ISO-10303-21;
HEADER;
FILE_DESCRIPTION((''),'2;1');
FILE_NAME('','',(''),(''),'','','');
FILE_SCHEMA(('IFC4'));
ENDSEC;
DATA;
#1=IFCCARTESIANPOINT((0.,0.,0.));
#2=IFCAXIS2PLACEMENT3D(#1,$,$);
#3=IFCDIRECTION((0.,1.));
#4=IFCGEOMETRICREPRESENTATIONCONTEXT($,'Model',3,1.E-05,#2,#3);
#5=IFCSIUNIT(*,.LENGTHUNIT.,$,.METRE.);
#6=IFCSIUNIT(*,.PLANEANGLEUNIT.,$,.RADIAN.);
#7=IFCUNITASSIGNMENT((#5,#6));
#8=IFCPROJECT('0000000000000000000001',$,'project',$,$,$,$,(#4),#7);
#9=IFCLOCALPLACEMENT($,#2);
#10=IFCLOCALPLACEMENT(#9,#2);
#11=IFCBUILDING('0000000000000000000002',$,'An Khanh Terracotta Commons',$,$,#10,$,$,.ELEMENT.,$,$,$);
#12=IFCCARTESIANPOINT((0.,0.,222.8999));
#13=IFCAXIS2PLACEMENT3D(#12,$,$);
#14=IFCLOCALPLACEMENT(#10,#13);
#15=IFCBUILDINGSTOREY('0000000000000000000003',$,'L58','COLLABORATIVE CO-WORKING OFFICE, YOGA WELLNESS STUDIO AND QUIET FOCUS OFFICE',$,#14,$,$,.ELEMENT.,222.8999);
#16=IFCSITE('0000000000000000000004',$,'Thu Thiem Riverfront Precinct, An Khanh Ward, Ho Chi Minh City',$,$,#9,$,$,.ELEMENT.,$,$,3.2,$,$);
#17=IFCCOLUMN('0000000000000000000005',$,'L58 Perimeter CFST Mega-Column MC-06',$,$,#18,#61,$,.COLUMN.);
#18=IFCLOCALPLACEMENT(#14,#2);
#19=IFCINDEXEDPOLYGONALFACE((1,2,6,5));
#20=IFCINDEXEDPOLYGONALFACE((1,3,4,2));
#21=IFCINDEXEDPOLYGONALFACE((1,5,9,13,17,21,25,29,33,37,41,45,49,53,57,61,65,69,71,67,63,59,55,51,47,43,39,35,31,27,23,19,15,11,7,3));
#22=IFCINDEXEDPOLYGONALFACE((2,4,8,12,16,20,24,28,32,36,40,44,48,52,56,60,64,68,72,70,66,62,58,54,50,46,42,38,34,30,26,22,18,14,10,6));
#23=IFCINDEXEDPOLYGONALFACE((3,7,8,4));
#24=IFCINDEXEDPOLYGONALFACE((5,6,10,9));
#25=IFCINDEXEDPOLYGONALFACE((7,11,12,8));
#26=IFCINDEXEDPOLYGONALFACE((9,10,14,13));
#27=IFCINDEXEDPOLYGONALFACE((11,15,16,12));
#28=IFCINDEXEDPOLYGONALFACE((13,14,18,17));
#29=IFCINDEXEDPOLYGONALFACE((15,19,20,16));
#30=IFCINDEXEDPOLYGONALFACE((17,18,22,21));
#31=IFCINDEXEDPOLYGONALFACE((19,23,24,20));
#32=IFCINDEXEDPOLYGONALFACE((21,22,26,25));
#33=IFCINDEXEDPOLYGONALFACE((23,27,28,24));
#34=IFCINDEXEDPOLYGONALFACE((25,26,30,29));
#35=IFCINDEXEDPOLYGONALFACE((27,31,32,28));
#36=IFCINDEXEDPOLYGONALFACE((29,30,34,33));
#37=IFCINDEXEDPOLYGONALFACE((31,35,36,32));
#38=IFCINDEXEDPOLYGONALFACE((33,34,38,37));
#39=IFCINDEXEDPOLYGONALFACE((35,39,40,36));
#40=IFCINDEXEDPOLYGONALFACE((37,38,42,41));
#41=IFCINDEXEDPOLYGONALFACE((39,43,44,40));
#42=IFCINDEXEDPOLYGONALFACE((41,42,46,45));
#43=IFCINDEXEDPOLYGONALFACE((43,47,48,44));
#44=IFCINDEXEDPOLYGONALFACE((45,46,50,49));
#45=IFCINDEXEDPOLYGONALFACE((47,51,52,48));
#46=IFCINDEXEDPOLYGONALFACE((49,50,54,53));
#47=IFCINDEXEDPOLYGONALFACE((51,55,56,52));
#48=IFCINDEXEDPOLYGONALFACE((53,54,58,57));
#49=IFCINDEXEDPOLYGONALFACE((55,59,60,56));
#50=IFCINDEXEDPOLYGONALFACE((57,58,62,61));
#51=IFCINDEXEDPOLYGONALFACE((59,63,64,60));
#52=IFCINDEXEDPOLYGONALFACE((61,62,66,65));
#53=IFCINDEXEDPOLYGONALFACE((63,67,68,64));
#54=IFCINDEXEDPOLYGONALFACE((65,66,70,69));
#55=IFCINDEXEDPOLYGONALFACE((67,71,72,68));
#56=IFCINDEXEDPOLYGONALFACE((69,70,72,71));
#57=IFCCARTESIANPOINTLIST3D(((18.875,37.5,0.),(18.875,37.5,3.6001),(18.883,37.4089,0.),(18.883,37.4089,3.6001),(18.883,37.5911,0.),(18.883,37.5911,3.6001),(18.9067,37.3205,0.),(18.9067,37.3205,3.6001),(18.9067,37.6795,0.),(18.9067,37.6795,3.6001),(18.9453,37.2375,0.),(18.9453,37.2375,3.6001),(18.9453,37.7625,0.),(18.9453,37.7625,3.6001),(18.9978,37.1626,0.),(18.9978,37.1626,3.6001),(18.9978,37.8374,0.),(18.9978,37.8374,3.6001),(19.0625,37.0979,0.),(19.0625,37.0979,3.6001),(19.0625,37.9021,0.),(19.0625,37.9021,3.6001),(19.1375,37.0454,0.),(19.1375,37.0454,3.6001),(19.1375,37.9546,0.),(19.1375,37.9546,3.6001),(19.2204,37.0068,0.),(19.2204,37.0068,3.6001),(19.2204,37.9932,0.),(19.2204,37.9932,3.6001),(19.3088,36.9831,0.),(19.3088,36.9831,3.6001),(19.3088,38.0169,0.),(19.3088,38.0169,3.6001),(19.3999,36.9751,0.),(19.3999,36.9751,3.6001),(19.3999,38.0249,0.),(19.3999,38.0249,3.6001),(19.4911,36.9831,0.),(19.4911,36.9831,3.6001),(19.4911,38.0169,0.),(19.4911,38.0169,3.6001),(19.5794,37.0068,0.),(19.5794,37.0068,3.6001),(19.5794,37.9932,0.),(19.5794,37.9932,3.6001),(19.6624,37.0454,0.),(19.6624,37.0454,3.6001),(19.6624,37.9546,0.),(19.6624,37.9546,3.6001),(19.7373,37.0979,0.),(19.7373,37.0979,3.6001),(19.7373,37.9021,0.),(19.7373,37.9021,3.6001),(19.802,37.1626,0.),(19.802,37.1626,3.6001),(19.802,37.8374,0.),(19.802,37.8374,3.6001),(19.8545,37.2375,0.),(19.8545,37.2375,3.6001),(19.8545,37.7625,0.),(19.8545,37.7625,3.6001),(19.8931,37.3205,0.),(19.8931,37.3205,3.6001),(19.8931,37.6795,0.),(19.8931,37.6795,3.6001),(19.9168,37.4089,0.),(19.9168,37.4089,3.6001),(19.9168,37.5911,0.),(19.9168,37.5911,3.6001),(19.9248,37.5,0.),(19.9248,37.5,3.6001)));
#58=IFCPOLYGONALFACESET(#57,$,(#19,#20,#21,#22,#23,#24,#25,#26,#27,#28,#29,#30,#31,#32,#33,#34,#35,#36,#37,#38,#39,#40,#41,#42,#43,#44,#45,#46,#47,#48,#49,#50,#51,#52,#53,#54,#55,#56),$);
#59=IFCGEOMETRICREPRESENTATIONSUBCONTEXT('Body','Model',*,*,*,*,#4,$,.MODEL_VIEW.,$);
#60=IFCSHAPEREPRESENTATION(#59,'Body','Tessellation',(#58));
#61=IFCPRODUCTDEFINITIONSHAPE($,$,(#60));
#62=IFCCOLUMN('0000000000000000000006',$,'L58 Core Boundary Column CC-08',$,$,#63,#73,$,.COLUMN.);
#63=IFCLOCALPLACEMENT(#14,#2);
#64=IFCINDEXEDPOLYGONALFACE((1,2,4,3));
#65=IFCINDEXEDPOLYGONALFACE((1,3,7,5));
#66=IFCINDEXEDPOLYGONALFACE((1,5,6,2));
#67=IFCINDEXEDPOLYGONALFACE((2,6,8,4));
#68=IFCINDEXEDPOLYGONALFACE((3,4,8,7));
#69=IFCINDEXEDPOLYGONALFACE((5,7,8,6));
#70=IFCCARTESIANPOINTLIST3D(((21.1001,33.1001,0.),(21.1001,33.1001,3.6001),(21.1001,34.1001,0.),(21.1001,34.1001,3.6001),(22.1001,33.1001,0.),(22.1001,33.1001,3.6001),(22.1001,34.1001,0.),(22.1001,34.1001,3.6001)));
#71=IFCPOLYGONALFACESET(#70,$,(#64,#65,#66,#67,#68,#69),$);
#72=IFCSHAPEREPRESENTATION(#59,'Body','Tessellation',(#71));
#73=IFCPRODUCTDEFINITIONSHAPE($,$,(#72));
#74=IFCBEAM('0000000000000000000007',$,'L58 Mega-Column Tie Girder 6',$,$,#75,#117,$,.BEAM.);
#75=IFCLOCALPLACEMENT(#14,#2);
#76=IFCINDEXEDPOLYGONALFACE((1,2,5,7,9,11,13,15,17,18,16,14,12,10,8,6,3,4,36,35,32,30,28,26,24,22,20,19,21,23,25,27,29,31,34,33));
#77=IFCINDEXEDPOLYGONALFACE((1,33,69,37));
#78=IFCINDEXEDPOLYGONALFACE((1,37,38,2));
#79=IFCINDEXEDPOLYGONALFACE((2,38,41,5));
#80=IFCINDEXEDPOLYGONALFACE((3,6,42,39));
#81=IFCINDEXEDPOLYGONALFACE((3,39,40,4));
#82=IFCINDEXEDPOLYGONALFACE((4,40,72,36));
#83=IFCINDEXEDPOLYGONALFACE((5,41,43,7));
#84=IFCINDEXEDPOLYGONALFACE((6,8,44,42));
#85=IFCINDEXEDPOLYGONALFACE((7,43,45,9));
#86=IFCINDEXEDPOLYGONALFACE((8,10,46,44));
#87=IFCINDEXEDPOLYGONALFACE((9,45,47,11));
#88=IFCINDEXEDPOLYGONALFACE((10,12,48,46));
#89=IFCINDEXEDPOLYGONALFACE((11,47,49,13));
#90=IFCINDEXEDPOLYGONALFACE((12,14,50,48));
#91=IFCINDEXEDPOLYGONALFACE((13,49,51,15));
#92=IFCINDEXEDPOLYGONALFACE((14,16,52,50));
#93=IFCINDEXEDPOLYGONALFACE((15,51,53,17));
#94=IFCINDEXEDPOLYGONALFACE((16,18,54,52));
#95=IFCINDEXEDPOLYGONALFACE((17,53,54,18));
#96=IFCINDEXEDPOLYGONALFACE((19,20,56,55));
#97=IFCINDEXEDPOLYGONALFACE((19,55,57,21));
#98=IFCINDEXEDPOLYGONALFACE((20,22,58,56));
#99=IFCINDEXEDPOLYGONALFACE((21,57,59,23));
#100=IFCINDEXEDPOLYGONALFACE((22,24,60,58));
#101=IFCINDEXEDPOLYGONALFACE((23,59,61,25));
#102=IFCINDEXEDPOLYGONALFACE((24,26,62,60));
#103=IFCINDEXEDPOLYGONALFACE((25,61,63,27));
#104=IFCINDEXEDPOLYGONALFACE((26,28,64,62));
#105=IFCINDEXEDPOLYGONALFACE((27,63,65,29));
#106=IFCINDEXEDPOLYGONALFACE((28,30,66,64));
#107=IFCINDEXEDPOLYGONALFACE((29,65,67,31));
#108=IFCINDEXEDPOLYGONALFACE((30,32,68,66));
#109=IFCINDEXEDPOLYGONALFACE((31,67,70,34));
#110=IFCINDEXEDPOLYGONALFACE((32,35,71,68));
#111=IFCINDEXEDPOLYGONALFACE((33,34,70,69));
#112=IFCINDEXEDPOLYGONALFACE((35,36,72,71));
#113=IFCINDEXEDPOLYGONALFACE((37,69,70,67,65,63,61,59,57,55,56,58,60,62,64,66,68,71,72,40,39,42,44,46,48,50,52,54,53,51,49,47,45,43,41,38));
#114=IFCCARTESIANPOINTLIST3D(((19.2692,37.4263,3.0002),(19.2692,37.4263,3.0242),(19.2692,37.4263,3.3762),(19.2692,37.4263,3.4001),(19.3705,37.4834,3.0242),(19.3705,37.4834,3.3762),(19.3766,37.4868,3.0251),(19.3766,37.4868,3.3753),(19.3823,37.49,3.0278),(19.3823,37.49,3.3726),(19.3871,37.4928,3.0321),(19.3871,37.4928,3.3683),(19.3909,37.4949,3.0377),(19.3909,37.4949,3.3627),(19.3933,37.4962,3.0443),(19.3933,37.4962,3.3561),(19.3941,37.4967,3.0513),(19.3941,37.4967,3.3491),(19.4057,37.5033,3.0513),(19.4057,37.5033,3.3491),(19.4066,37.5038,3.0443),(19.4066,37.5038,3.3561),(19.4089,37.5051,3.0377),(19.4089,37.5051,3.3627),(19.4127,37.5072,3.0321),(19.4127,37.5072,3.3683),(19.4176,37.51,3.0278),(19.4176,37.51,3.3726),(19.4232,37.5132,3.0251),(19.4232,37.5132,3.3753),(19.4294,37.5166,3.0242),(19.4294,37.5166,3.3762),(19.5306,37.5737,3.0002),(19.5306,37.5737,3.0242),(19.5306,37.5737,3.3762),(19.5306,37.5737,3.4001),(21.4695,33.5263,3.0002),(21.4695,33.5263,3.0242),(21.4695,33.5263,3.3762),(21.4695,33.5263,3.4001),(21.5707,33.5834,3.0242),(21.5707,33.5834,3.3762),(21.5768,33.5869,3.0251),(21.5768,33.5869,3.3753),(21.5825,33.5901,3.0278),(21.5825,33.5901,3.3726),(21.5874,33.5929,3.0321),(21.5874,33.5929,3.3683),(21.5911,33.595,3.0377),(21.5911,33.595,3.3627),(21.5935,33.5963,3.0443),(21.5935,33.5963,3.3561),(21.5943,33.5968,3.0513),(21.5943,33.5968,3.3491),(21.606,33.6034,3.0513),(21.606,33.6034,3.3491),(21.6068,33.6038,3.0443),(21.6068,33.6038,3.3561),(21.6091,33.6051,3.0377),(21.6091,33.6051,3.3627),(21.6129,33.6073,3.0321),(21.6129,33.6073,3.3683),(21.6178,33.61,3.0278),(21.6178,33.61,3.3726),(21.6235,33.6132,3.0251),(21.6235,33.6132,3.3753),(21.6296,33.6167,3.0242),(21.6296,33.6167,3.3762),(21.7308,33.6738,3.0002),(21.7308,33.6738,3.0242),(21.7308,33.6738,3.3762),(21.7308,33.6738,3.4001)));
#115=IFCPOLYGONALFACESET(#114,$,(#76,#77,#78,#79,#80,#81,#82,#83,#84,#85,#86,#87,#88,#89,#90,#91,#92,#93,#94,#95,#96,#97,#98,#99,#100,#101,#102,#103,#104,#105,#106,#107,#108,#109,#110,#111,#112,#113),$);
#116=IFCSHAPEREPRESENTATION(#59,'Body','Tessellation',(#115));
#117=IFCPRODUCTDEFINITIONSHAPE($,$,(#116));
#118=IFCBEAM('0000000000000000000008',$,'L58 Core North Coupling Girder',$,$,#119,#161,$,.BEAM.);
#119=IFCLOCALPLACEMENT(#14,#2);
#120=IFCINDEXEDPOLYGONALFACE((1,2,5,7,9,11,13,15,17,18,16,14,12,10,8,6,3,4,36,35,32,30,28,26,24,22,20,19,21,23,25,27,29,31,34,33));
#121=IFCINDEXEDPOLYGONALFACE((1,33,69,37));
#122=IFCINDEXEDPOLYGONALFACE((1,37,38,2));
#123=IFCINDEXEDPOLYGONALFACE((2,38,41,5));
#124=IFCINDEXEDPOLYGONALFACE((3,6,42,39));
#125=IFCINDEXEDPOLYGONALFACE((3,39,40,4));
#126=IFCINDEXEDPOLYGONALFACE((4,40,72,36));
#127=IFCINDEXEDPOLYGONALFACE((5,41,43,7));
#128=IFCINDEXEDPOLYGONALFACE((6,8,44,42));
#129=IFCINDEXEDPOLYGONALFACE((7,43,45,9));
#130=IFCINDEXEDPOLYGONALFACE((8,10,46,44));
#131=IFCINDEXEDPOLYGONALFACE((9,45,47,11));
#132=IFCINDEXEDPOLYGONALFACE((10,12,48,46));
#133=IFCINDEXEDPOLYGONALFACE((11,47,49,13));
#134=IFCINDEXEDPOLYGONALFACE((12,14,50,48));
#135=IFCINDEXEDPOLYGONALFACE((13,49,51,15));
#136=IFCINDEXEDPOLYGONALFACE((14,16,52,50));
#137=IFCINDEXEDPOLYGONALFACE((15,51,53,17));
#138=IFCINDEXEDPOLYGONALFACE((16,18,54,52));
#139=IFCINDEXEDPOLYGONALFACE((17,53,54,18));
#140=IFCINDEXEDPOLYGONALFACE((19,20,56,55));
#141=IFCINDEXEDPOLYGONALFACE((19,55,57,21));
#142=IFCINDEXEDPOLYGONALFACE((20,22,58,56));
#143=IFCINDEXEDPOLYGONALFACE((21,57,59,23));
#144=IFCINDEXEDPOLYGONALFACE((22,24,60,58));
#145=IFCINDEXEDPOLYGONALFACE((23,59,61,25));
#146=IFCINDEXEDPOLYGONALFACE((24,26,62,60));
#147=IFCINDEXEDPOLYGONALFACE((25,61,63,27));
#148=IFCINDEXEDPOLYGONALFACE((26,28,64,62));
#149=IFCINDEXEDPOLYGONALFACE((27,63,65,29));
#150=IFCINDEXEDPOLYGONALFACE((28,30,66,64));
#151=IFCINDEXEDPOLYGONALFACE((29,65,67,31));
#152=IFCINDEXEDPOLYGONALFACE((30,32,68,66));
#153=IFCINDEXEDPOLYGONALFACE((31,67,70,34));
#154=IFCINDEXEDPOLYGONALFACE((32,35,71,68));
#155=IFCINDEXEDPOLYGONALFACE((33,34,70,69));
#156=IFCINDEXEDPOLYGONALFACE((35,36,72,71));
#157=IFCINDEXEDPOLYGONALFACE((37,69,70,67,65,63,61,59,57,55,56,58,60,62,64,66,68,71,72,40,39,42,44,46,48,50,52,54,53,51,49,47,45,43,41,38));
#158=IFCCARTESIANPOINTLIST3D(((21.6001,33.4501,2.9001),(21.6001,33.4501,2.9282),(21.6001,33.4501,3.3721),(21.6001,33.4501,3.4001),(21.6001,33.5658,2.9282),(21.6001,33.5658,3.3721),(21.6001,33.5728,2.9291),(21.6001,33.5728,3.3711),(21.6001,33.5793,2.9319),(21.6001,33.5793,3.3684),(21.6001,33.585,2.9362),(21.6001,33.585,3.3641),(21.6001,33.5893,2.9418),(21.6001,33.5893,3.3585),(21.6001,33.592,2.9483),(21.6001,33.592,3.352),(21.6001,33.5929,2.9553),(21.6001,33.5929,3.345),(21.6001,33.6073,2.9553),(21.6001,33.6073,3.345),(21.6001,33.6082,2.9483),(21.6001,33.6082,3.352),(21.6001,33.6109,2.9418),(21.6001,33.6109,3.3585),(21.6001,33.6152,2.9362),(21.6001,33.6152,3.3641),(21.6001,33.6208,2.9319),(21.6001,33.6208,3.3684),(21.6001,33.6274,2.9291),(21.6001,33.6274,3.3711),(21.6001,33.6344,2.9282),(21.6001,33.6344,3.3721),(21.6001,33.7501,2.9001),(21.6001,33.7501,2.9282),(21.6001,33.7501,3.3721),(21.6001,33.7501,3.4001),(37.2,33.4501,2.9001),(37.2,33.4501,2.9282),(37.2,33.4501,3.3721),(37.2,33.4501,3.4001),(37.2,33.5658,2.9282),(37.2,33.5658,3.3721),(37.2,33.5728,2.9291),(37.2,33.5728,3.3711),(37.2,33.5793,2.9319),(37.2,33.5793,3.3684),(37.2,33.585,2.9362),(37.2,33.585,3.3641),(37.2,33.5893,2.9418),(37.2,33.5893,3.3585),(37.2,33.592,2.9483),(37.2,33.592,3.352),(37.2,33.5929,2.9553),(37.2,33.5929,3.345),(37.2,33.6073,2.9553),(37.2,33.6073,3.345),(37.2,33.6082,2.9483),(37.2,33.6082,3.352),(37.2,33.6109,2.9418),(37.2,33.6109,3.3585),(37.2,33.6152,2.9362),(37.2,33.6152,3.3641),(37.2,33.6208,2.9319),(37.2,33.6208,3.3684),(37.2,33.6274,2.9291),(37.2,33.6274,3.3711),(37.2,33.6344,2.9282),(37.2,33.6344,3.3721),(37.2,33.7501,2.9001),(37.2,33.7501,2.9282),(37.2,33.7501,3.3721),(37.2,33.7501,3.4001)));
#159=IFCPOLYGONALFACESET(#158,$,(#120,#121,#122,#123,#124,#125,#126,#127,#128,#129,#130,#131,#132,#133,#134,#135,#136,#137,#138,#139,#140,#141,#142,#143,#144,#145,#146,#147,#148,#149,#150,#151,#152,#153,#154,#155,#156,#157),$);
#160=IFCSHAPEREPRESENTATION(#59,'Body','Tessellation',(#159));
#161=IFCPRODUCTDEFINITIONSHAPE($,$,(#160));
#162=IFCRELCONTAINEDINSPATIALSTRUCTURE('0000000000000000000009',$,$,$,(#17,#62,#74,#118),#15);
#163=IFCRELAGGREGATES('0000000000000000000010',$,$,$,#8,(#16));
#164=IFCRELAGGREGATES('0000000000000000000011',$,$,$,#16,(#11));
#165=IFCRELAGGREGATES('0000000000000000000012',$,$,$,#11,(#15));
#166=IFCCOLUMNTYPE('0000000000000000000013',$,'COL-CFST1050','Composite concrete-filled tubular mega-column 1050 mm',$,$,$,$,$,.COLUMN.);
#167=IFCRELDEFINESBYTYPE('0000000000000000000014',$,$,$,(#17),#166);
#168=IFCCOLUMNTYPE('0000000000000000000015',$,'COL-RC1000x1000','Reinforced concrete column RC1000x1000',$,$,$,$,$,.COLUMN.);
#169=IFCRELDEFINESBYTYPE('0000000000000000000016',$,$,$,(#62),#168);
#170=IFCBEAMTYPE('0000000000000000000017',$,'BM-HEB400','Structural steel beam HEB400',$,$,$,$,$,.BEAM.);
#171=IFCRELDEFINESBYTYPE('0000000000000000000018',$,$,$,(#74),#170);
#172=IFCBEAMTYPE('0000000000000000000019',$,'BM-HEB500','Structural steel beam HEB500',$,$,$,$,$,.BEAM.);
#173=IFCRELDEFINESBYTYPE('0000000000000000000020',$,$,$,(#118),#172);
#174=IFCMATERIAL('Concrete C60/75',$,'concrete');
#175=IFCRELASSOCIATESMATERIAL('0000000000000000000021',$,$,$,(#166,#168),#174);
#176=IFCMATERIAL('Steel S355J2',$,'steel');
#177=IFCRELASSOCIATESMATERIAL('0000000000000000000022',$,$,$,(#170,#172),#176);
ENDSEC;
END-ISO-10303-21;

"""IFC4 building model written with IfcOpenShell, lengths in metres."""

from ifc_helpers import new_model, si_unit, direction, frame, origin, origin_2d, place, context, subcontext, project, spatial, rectangle, circle, i_section, extrude, material, material_profile, profile_set, type_object, element, save


model = new_model("IFC4")

# Units and contexts
model_context = context("Model", 3, precision=1e-05, world=origin(), true_north=direction((0.0, 1.0)))
body_context = subcontext(model_context, "Body", "Model", "MODEL_VIEW")
ifc_project = project(units=[si_unit("LENGTHUNIT", "METRE"), si_unit("PLANEANGLEUNIT", "RADIAN")], contexts=[model_context])

# Site, building, storey
site_placement = place(None, origin())
site = spatial("IfcSite", under=ifc_project, at=site_placement, Name="Thu Thiem Riverfront Precinct, An Khanh Ward, Ho Chi Minh City", CompositionType="ELEMENT", RefElevation=3.2)
building_placement = place(site_placement, origin())
building = spatial("IfcBuilding", under=site, at=building_placement, Name="An Khanh Terracotta Commons", CompositionType="ELEMENT")
storey_placement = place(building_placement, frame((0.0, 0.0, 222.8999)))
storey = spatial("IfcBuildingStorey", under=building, at=storey_placement, Name="L58", Description="COLLABORATIVE CO-WORKING OFFICE, YOGA WELLNESS STUDIO AND QUIET FOCUS OFFICE", CompositionType="ELEMENT", Elevation=222.8999)

# Columns
ifc_material_1 = material(Name="Concrete C60/75", Category="concrete")
ifc_material_profile_1 = material_profile(ifc_material_1, circle(Radius=0.5249, at=origin_2d()), Name="CFST1050")
ifc_profile_set_1 = profile_set([ifc_material_profile_1], Name="Concrete C60/75")
column_type_1 = type_object("IfcColumnType", Name="COL-CFST1050", Description="Composite concrete-filled tubular mega-column 1050 mm", PredefinedType="COLUMN", material=ifc_profile_set_1)
column_1_placement = place(storey_placement, frame((19.3999, 37.5, 0.0), z_axis=(0.0, 0.0, 1.0), x_axis=(1.0, 0.0, 0.0)))
element("IfcColumn", 1, at=column_1_placement, inside=storey, type_object=column_type_1, Name="L58 Perimeter CFST Mega-Column MC-06", PredefinedType="COLUMN", context=body_context, shape_type="SweptSolid", body=[
    extrude(circle(Radius=0.5249, at=origin_2d()), origin(), (0.0, 0.0, 1.0), 3.6001),
])
ifc_material_profile_2 = material_profile(ifc_material_1, rectangle(XDim=1.0, YDim=1.0, at=origin_2d()), Name="RC1000x1000")
ifc_profile_set_2 = profile_set([ifc_material_profile_2], Name="Concrete C60/75")
column_type_2 = type_object("IfcColumnType", Name="COL-RC1000x1000", Description="Reinforced concrete column RC1000x1000", PredefinedType="COLUMN", material=ifc_profile_set_2)
column_2_placement = place(storey_placement, frame((21.6001, 33.6001, 0.0), z_axis=(0.0, 0.0, 1.0), x_axis=(1.0, 0.0, 0.0)))
element("IfcColumn", 2, at=column_2_placement, inside=storey, type_object=column_type_2, Name="L58 Core Boundary Column CC-08", PredefinedType="COLUMN", context=body_context, shape_type="SweptSolid", body=[
    extrude(rectangle(XDim=1.0, YDim=1.0, at=origin_2d()), origin(), (0.0, 0.0, 1.0), 3.6001),
])

# Beams
ifc_material_2 = material(Name="Steel S355J2", Category="steel")
ifc_material_profile_3 = material_profile(ifc_material_2, i_section(OverallWidth=0.3, OverallDepth=0.3999, WebThickness=0.0134, FlangeThickness=0.0239, FilletRadius=0.0271, at=origin_2d()), Name="HEB400")
ifc_profile_set_3 = profile_set([ifc_material_profile_3], Name="Steel S355J2")
beam_type_1 = type_object("IfcBeamType", Name="BM-HEB400", Description="Structural steel beam HEB400", PredefinedType="BEAM", material=ifc_profile_set_3)
beam_1_placement = place(storey_placement, frame((19.3999, 37.5, 3.2002), z_axis=(0.491364, -0.870955, 0.0), x_axis=(0.870955, 0.491364, 0.0)))
element("IfcBeam", 3, at=beam_1_placement, inside=storey, type_object=beam_type_1, Name="L58 Mega-Column Tie Girder 6", PredefinedType="BEAM", context=body_context, shape_type="SweptSolid", body=[
    extrude(i_section(OverallWidth=0.3, OverallDepth=0.3999, WebThickness=0.0134, FlangeThickness=0.0239, FilletRadius=0.0271, at=origin_2d()), origin(), (0.0, 0.0, 1.0), 4.4778),
])
ifc_material_profile_4 = material_profile(ifc_material_2, i_section(OverallWidth=0.3, OverallDepth=0.5, WebThickness=0.0144, FlangeThickness=0.0281, FilletRadius=0.0271, at=origin_2d()), Name="HEB500")
ifc_profile_set_4 = profile_set([ifc_material_profile_4], Name="Steel S355J2")
beam_type_2 = type_object("IfcBeamType", Name="BM-HEB500", Description="Structural steel beam HEB500", PredefinedType="BEAM", material=ifc_profile_set_4)
beam_2_placement = place(storey_placement, frame((21.6001, 33.6001, 3.1501), z_axis=(1.0, 0.0, 0.0), x_axis=(0.0, 1.0, 0.0)))
element("IfcBeam", 4, at=beam_2_placement, inside=storey, type_object=beam_type_2, Name="L58 Core North Coupling Girder", PredefinedType="BEAM", context=body_context, shape_type="SweptSolid", body=[
    extrude(i_section(OverallWidth=0.3, OverallDepth=0.5, WebThickness=0.0144, FlangeThickness=0.0281, FilletRadius=0.0271, at=origin_2d()), origin(), (0.0, 0.0, 1.0), 15.5999),
])

save(model, "model.ifc")
